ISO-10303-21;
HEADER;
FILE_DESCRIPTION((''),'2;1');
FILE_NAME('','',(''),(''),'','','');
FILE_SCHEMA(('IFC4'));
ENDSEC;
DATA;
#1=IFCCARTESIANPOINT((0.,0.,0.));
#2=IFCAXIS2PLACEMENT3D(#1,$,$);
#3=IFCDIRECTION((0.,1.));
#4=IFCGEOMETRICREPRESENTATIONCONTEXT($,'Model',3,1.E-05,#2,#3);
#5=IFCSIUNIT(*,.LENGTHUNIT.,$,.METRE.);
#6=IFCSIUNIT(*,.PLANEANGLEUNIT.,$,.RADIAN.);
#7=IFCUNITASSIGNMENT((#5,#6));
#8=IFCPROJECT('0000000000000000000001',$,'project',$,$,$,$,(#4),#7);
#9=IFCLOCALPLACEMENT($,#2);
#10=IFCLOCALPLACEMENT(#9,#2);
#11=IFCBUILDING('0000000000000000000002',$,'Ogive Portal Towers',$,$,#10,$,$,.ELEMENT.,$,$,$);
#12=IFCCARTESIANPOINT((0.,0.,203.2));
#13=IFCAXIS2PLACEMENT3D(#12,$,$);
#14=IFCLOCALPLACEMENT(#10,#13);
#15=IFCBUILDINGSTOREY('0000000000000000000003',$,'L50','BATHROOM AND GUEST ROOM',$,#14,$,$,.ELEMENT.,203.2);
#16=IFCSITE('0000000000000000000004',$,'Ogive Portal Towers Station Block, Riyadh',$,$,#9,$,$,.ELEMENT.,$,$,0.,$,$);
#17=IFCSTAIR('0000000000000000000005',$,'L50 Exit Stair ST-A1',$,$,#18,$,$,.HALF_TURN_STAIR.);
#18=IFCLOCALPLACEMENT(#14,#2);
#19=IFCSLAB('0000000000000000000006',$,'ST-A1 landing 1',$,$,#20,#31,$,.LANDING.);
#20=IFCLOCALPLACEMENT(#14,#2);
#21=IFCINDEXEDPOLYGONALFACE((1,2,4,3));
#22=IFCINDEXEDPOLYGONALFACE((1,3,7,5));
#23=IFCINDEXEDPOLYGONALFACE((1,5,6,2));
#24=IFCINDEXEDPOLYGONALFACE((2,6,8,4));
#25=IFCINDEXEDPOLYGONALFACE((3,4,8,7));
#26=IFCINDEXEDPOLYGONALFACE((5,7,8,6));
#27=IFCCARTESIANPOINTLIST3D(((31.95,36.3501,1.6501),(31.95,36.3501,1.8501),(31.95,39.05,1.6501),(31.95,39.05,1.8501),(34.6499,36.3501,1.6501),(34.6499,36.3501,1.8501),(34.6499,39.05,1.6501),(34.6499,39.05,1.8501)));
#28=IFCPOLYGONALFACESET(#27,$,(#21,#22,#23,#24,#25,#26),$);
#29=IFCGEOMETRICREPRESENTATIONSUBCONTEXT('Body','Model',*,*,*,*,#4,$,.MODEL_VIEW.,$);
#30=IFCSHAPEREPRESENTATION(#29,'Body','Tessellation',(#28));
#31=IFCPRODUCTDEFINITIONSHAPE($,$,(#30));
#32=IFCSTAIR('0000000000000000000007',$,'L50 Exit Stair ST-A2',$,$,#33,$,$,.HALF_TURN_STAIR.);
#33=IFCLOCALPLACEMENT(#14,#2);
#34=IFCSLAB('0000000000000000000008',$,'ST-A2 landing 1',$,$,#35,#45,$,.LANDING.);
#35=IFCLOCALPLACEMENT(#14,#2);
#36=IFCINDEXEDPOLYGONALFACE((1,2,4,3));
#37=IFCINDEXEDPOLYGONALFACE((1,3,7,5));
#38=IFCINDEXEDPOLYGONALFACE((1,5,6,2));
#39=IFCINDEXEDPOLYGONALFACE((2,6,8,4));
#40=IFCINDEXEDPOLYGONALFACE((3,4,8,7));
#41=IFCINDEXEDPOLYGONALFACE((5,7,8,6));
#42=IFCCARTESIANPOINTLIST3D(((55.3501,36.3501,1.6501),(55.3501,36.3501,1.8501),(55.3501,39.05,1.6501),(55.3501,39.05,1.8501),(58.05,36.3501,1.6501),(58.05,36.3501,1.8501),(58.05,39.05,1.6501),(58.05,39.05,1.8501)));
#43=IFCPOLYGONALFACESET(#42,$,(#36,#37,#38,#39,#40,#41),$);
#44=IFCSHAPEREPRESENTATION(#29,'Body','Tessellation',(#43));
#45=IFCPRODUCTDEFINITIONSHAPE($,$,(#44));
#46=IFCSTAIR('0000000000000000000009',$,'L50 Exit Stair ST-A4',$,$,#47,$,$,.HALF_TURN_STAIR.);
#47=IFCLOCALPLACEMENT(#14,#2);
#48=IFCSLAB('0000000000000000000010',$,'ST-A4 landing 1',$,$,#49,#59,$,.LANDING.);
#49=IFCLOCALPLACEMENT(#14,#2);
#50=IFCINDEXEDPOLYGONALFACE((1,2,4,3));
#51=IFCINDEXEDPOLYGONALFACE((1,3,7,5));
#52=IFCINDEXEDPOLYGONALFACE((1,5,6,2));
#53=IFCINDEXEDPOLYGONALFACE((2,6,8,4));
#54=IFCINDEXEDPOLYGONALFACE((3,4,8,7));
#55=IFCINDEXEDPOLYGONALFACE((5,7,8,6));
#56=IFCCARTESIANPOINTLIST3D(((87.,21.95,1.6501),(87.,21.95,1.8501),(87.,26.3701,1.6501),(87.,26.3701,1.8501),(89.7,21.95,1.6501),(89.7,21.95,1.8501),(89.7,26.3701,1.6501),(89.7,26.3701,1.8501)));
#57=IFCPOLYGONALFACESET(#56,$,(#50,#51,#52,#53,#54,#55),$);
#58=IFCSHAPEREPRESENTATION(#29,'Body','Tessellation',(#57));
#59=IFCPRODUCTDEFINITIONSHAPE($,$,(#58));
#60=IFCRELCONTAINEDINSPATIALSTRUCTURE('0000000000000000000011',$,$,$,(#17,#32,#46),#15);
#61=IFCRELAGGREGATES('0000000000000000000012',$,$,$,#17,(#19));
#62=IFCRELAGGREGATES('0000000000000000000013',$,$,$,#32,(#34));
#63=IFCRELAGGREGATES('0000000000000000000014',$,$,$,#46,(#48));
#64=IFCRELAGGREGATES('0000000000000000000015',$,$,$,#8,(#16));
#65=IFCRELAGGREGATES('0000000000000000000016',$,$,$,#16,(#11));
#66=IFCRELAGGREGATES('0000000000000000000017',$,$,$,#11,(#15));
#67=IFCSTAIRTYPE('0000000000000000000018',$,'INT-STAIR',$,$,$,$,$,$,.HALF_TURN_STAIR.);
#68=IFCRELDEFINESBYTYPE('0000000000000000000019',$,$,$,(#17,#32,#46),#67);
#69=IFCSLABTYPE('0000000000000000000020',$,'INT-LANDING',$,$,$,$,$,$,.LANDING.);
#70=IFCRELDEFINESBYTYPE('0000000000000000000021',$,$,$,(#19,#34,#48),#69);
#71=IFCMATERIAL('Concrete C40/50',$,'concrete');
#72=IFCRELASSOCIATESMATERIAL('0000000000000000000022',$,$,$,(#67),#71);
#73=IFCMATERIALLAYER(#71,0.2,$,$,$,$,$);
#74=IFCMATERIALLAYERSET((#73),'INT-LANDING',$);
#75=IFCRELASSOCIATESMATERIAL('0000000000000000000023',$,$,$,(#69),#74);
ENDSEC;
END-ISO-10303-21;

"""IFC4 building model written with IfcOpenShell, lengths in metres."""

from ifc_helpers import new_model, si_unit, direction, frame, origin, place, context, subcontext, project, spatial, polyline, outline, extrude, material, layer, layer_set, type_object, element, aggregate, save


model = new_model("IFC4")

# Units and contexts
model_context = context("Model", 3, precision=1e-05, world=origin(), true_north=direction((0.0, 1.0)))
body_context = subcontext(model_context, "Body", "Model", "MODEL_VIEW")
ifc_project = project(units=[si_unit("LENGTHUNIT", "METRE"), si_unit("PLANEANGLEUNIT", "RADIAN")], contexts=[model_context])

# Site, building, storey
site_placement = place(None, origin())
site = spatial("IfcSite", under=ifc_project, at=site_placement, Name="Ogive Portal Towers Station Block, Riyadh", CompositionType="ELEMENT", RefElevation=0.0)
building_placement = place(site_placement, origin())
building = spatial("IfcBuilding", under=site, at=building_placement, Name="Ogive Portal Towers", CompositionType="ELEMENT")
storey_placement = place(building_placement, frame((0.0, 0.0, 203.2)))
storey = spatial("IfcBuildingStorey", under=building, at=storey_placement, Name="L50", Description="BATHROOM AND GUEST ROOM", CompositionType="ELEMENT", Elevation=203.2)

# Stairs, slabs
ifc_material_1 = material(Name="Concrete C40/50", Category="concrete")
stair_type = type_object("IfcStairType", Name="INT-STAIR", PredefinedType="HALF_TURN_STAIR", material=ifc_material_1)
stair_1_placement = place(storey_placement, origin())
stair_1 = element("IfcStair", 1, at=stair_1_placement, inside=storey, type_object=stair_type, Name="L50 Exit Stair ST-A1", PredefinedType="HALF_TURN_STAIR")
ifc_layer_1 = layer(ifc_material_1, 0.2)
ifc_layer_set_1 = layer_set([ifc_layer_1], Name="INT-LANDING")
slab_type_1 = type_object("IfcSlabType", Name="INT-LANDING", PredefinedType="LANDING", material=ifc_layer_set_1)
slab_1_placement = place(storey_placement, frame((0.0, 0.0, 1.6501)))
slab_1 = element("IfcSlab", 2, at=slab_1_placement, type_object=slab_type_1, Name="ST-A1 landing 1", PredefinedType="LANDING", context=body_context, shape_type="SweptSolid", body=[
    extrude(outline(polyline([(34.6499, 39.05), (31.95, 39.05), (31.95, 36.3501), (34.6499, 36.3501), (34.6499, 39.05)])), origin(), (0.0, 0.0, 1.0), 0.2),
])
aggregate(stair_1, [slab_1])
stair_2_placement = place(storey_placement, origin())
stair_2 = element("IfcStair", 3, at=stair_2_placement, inside=storey, type_object=stair_type, Name="L50 Exit Stair ST-A2", PredefinedType="HALF_TURN_STAIR")
slab_2_placement = place(storey_placement, frame((0.0, 0.0, 1.6501)))
slab_2 = element("IfcSlab", 4, at=slab_2_placement, type_object=slab_type_1, Name="ST-A2 landing 1", PredefinedType="LANDING", context=body_context, shape_type="SweptSolid", body=[
    extrude(outline(polyline([(55.3501, 36.3501), (58.05, 36.3501), (58.05, 39.05), (55.3501, 39.05), (55.3501, 36.3501)])), origin(), (0.0, 0.0, 1.0), 0.2),
])
aggregate(stair_2, [slab_2])
stair_3_placement = place(storey_placement, origin())
stair_3 = element("IfcStair", 5, at=stair_3_placement, inside=storey, type_object=stair_type, Name="L50 Exit Stair ST-A4", PredefinedType="HALF_TURN_STAIR")
slab_3_placement = place(storey_placement, frame((0.0, 0.0, 1.6501)))
slab_3 = element("IfcSlab", 6, at=slab_3_placement, type_object=slab_type_1, Name="ST-A4 landing 1", PredefinedType="LANDING", context=body_context, shape_type="SweptSolid", body=[
    extrude(outline(polyline([(87.0, 26.3701), (87.0, 21.95), (89.7, 21.95), (89.7, 26.3701), (87.0, 26.3701)])), origin(), (0.0, 0.0, 1.0), 0.2),
])
aggregate(stair_3, [slab_3])

save(model, "model.ifc")
